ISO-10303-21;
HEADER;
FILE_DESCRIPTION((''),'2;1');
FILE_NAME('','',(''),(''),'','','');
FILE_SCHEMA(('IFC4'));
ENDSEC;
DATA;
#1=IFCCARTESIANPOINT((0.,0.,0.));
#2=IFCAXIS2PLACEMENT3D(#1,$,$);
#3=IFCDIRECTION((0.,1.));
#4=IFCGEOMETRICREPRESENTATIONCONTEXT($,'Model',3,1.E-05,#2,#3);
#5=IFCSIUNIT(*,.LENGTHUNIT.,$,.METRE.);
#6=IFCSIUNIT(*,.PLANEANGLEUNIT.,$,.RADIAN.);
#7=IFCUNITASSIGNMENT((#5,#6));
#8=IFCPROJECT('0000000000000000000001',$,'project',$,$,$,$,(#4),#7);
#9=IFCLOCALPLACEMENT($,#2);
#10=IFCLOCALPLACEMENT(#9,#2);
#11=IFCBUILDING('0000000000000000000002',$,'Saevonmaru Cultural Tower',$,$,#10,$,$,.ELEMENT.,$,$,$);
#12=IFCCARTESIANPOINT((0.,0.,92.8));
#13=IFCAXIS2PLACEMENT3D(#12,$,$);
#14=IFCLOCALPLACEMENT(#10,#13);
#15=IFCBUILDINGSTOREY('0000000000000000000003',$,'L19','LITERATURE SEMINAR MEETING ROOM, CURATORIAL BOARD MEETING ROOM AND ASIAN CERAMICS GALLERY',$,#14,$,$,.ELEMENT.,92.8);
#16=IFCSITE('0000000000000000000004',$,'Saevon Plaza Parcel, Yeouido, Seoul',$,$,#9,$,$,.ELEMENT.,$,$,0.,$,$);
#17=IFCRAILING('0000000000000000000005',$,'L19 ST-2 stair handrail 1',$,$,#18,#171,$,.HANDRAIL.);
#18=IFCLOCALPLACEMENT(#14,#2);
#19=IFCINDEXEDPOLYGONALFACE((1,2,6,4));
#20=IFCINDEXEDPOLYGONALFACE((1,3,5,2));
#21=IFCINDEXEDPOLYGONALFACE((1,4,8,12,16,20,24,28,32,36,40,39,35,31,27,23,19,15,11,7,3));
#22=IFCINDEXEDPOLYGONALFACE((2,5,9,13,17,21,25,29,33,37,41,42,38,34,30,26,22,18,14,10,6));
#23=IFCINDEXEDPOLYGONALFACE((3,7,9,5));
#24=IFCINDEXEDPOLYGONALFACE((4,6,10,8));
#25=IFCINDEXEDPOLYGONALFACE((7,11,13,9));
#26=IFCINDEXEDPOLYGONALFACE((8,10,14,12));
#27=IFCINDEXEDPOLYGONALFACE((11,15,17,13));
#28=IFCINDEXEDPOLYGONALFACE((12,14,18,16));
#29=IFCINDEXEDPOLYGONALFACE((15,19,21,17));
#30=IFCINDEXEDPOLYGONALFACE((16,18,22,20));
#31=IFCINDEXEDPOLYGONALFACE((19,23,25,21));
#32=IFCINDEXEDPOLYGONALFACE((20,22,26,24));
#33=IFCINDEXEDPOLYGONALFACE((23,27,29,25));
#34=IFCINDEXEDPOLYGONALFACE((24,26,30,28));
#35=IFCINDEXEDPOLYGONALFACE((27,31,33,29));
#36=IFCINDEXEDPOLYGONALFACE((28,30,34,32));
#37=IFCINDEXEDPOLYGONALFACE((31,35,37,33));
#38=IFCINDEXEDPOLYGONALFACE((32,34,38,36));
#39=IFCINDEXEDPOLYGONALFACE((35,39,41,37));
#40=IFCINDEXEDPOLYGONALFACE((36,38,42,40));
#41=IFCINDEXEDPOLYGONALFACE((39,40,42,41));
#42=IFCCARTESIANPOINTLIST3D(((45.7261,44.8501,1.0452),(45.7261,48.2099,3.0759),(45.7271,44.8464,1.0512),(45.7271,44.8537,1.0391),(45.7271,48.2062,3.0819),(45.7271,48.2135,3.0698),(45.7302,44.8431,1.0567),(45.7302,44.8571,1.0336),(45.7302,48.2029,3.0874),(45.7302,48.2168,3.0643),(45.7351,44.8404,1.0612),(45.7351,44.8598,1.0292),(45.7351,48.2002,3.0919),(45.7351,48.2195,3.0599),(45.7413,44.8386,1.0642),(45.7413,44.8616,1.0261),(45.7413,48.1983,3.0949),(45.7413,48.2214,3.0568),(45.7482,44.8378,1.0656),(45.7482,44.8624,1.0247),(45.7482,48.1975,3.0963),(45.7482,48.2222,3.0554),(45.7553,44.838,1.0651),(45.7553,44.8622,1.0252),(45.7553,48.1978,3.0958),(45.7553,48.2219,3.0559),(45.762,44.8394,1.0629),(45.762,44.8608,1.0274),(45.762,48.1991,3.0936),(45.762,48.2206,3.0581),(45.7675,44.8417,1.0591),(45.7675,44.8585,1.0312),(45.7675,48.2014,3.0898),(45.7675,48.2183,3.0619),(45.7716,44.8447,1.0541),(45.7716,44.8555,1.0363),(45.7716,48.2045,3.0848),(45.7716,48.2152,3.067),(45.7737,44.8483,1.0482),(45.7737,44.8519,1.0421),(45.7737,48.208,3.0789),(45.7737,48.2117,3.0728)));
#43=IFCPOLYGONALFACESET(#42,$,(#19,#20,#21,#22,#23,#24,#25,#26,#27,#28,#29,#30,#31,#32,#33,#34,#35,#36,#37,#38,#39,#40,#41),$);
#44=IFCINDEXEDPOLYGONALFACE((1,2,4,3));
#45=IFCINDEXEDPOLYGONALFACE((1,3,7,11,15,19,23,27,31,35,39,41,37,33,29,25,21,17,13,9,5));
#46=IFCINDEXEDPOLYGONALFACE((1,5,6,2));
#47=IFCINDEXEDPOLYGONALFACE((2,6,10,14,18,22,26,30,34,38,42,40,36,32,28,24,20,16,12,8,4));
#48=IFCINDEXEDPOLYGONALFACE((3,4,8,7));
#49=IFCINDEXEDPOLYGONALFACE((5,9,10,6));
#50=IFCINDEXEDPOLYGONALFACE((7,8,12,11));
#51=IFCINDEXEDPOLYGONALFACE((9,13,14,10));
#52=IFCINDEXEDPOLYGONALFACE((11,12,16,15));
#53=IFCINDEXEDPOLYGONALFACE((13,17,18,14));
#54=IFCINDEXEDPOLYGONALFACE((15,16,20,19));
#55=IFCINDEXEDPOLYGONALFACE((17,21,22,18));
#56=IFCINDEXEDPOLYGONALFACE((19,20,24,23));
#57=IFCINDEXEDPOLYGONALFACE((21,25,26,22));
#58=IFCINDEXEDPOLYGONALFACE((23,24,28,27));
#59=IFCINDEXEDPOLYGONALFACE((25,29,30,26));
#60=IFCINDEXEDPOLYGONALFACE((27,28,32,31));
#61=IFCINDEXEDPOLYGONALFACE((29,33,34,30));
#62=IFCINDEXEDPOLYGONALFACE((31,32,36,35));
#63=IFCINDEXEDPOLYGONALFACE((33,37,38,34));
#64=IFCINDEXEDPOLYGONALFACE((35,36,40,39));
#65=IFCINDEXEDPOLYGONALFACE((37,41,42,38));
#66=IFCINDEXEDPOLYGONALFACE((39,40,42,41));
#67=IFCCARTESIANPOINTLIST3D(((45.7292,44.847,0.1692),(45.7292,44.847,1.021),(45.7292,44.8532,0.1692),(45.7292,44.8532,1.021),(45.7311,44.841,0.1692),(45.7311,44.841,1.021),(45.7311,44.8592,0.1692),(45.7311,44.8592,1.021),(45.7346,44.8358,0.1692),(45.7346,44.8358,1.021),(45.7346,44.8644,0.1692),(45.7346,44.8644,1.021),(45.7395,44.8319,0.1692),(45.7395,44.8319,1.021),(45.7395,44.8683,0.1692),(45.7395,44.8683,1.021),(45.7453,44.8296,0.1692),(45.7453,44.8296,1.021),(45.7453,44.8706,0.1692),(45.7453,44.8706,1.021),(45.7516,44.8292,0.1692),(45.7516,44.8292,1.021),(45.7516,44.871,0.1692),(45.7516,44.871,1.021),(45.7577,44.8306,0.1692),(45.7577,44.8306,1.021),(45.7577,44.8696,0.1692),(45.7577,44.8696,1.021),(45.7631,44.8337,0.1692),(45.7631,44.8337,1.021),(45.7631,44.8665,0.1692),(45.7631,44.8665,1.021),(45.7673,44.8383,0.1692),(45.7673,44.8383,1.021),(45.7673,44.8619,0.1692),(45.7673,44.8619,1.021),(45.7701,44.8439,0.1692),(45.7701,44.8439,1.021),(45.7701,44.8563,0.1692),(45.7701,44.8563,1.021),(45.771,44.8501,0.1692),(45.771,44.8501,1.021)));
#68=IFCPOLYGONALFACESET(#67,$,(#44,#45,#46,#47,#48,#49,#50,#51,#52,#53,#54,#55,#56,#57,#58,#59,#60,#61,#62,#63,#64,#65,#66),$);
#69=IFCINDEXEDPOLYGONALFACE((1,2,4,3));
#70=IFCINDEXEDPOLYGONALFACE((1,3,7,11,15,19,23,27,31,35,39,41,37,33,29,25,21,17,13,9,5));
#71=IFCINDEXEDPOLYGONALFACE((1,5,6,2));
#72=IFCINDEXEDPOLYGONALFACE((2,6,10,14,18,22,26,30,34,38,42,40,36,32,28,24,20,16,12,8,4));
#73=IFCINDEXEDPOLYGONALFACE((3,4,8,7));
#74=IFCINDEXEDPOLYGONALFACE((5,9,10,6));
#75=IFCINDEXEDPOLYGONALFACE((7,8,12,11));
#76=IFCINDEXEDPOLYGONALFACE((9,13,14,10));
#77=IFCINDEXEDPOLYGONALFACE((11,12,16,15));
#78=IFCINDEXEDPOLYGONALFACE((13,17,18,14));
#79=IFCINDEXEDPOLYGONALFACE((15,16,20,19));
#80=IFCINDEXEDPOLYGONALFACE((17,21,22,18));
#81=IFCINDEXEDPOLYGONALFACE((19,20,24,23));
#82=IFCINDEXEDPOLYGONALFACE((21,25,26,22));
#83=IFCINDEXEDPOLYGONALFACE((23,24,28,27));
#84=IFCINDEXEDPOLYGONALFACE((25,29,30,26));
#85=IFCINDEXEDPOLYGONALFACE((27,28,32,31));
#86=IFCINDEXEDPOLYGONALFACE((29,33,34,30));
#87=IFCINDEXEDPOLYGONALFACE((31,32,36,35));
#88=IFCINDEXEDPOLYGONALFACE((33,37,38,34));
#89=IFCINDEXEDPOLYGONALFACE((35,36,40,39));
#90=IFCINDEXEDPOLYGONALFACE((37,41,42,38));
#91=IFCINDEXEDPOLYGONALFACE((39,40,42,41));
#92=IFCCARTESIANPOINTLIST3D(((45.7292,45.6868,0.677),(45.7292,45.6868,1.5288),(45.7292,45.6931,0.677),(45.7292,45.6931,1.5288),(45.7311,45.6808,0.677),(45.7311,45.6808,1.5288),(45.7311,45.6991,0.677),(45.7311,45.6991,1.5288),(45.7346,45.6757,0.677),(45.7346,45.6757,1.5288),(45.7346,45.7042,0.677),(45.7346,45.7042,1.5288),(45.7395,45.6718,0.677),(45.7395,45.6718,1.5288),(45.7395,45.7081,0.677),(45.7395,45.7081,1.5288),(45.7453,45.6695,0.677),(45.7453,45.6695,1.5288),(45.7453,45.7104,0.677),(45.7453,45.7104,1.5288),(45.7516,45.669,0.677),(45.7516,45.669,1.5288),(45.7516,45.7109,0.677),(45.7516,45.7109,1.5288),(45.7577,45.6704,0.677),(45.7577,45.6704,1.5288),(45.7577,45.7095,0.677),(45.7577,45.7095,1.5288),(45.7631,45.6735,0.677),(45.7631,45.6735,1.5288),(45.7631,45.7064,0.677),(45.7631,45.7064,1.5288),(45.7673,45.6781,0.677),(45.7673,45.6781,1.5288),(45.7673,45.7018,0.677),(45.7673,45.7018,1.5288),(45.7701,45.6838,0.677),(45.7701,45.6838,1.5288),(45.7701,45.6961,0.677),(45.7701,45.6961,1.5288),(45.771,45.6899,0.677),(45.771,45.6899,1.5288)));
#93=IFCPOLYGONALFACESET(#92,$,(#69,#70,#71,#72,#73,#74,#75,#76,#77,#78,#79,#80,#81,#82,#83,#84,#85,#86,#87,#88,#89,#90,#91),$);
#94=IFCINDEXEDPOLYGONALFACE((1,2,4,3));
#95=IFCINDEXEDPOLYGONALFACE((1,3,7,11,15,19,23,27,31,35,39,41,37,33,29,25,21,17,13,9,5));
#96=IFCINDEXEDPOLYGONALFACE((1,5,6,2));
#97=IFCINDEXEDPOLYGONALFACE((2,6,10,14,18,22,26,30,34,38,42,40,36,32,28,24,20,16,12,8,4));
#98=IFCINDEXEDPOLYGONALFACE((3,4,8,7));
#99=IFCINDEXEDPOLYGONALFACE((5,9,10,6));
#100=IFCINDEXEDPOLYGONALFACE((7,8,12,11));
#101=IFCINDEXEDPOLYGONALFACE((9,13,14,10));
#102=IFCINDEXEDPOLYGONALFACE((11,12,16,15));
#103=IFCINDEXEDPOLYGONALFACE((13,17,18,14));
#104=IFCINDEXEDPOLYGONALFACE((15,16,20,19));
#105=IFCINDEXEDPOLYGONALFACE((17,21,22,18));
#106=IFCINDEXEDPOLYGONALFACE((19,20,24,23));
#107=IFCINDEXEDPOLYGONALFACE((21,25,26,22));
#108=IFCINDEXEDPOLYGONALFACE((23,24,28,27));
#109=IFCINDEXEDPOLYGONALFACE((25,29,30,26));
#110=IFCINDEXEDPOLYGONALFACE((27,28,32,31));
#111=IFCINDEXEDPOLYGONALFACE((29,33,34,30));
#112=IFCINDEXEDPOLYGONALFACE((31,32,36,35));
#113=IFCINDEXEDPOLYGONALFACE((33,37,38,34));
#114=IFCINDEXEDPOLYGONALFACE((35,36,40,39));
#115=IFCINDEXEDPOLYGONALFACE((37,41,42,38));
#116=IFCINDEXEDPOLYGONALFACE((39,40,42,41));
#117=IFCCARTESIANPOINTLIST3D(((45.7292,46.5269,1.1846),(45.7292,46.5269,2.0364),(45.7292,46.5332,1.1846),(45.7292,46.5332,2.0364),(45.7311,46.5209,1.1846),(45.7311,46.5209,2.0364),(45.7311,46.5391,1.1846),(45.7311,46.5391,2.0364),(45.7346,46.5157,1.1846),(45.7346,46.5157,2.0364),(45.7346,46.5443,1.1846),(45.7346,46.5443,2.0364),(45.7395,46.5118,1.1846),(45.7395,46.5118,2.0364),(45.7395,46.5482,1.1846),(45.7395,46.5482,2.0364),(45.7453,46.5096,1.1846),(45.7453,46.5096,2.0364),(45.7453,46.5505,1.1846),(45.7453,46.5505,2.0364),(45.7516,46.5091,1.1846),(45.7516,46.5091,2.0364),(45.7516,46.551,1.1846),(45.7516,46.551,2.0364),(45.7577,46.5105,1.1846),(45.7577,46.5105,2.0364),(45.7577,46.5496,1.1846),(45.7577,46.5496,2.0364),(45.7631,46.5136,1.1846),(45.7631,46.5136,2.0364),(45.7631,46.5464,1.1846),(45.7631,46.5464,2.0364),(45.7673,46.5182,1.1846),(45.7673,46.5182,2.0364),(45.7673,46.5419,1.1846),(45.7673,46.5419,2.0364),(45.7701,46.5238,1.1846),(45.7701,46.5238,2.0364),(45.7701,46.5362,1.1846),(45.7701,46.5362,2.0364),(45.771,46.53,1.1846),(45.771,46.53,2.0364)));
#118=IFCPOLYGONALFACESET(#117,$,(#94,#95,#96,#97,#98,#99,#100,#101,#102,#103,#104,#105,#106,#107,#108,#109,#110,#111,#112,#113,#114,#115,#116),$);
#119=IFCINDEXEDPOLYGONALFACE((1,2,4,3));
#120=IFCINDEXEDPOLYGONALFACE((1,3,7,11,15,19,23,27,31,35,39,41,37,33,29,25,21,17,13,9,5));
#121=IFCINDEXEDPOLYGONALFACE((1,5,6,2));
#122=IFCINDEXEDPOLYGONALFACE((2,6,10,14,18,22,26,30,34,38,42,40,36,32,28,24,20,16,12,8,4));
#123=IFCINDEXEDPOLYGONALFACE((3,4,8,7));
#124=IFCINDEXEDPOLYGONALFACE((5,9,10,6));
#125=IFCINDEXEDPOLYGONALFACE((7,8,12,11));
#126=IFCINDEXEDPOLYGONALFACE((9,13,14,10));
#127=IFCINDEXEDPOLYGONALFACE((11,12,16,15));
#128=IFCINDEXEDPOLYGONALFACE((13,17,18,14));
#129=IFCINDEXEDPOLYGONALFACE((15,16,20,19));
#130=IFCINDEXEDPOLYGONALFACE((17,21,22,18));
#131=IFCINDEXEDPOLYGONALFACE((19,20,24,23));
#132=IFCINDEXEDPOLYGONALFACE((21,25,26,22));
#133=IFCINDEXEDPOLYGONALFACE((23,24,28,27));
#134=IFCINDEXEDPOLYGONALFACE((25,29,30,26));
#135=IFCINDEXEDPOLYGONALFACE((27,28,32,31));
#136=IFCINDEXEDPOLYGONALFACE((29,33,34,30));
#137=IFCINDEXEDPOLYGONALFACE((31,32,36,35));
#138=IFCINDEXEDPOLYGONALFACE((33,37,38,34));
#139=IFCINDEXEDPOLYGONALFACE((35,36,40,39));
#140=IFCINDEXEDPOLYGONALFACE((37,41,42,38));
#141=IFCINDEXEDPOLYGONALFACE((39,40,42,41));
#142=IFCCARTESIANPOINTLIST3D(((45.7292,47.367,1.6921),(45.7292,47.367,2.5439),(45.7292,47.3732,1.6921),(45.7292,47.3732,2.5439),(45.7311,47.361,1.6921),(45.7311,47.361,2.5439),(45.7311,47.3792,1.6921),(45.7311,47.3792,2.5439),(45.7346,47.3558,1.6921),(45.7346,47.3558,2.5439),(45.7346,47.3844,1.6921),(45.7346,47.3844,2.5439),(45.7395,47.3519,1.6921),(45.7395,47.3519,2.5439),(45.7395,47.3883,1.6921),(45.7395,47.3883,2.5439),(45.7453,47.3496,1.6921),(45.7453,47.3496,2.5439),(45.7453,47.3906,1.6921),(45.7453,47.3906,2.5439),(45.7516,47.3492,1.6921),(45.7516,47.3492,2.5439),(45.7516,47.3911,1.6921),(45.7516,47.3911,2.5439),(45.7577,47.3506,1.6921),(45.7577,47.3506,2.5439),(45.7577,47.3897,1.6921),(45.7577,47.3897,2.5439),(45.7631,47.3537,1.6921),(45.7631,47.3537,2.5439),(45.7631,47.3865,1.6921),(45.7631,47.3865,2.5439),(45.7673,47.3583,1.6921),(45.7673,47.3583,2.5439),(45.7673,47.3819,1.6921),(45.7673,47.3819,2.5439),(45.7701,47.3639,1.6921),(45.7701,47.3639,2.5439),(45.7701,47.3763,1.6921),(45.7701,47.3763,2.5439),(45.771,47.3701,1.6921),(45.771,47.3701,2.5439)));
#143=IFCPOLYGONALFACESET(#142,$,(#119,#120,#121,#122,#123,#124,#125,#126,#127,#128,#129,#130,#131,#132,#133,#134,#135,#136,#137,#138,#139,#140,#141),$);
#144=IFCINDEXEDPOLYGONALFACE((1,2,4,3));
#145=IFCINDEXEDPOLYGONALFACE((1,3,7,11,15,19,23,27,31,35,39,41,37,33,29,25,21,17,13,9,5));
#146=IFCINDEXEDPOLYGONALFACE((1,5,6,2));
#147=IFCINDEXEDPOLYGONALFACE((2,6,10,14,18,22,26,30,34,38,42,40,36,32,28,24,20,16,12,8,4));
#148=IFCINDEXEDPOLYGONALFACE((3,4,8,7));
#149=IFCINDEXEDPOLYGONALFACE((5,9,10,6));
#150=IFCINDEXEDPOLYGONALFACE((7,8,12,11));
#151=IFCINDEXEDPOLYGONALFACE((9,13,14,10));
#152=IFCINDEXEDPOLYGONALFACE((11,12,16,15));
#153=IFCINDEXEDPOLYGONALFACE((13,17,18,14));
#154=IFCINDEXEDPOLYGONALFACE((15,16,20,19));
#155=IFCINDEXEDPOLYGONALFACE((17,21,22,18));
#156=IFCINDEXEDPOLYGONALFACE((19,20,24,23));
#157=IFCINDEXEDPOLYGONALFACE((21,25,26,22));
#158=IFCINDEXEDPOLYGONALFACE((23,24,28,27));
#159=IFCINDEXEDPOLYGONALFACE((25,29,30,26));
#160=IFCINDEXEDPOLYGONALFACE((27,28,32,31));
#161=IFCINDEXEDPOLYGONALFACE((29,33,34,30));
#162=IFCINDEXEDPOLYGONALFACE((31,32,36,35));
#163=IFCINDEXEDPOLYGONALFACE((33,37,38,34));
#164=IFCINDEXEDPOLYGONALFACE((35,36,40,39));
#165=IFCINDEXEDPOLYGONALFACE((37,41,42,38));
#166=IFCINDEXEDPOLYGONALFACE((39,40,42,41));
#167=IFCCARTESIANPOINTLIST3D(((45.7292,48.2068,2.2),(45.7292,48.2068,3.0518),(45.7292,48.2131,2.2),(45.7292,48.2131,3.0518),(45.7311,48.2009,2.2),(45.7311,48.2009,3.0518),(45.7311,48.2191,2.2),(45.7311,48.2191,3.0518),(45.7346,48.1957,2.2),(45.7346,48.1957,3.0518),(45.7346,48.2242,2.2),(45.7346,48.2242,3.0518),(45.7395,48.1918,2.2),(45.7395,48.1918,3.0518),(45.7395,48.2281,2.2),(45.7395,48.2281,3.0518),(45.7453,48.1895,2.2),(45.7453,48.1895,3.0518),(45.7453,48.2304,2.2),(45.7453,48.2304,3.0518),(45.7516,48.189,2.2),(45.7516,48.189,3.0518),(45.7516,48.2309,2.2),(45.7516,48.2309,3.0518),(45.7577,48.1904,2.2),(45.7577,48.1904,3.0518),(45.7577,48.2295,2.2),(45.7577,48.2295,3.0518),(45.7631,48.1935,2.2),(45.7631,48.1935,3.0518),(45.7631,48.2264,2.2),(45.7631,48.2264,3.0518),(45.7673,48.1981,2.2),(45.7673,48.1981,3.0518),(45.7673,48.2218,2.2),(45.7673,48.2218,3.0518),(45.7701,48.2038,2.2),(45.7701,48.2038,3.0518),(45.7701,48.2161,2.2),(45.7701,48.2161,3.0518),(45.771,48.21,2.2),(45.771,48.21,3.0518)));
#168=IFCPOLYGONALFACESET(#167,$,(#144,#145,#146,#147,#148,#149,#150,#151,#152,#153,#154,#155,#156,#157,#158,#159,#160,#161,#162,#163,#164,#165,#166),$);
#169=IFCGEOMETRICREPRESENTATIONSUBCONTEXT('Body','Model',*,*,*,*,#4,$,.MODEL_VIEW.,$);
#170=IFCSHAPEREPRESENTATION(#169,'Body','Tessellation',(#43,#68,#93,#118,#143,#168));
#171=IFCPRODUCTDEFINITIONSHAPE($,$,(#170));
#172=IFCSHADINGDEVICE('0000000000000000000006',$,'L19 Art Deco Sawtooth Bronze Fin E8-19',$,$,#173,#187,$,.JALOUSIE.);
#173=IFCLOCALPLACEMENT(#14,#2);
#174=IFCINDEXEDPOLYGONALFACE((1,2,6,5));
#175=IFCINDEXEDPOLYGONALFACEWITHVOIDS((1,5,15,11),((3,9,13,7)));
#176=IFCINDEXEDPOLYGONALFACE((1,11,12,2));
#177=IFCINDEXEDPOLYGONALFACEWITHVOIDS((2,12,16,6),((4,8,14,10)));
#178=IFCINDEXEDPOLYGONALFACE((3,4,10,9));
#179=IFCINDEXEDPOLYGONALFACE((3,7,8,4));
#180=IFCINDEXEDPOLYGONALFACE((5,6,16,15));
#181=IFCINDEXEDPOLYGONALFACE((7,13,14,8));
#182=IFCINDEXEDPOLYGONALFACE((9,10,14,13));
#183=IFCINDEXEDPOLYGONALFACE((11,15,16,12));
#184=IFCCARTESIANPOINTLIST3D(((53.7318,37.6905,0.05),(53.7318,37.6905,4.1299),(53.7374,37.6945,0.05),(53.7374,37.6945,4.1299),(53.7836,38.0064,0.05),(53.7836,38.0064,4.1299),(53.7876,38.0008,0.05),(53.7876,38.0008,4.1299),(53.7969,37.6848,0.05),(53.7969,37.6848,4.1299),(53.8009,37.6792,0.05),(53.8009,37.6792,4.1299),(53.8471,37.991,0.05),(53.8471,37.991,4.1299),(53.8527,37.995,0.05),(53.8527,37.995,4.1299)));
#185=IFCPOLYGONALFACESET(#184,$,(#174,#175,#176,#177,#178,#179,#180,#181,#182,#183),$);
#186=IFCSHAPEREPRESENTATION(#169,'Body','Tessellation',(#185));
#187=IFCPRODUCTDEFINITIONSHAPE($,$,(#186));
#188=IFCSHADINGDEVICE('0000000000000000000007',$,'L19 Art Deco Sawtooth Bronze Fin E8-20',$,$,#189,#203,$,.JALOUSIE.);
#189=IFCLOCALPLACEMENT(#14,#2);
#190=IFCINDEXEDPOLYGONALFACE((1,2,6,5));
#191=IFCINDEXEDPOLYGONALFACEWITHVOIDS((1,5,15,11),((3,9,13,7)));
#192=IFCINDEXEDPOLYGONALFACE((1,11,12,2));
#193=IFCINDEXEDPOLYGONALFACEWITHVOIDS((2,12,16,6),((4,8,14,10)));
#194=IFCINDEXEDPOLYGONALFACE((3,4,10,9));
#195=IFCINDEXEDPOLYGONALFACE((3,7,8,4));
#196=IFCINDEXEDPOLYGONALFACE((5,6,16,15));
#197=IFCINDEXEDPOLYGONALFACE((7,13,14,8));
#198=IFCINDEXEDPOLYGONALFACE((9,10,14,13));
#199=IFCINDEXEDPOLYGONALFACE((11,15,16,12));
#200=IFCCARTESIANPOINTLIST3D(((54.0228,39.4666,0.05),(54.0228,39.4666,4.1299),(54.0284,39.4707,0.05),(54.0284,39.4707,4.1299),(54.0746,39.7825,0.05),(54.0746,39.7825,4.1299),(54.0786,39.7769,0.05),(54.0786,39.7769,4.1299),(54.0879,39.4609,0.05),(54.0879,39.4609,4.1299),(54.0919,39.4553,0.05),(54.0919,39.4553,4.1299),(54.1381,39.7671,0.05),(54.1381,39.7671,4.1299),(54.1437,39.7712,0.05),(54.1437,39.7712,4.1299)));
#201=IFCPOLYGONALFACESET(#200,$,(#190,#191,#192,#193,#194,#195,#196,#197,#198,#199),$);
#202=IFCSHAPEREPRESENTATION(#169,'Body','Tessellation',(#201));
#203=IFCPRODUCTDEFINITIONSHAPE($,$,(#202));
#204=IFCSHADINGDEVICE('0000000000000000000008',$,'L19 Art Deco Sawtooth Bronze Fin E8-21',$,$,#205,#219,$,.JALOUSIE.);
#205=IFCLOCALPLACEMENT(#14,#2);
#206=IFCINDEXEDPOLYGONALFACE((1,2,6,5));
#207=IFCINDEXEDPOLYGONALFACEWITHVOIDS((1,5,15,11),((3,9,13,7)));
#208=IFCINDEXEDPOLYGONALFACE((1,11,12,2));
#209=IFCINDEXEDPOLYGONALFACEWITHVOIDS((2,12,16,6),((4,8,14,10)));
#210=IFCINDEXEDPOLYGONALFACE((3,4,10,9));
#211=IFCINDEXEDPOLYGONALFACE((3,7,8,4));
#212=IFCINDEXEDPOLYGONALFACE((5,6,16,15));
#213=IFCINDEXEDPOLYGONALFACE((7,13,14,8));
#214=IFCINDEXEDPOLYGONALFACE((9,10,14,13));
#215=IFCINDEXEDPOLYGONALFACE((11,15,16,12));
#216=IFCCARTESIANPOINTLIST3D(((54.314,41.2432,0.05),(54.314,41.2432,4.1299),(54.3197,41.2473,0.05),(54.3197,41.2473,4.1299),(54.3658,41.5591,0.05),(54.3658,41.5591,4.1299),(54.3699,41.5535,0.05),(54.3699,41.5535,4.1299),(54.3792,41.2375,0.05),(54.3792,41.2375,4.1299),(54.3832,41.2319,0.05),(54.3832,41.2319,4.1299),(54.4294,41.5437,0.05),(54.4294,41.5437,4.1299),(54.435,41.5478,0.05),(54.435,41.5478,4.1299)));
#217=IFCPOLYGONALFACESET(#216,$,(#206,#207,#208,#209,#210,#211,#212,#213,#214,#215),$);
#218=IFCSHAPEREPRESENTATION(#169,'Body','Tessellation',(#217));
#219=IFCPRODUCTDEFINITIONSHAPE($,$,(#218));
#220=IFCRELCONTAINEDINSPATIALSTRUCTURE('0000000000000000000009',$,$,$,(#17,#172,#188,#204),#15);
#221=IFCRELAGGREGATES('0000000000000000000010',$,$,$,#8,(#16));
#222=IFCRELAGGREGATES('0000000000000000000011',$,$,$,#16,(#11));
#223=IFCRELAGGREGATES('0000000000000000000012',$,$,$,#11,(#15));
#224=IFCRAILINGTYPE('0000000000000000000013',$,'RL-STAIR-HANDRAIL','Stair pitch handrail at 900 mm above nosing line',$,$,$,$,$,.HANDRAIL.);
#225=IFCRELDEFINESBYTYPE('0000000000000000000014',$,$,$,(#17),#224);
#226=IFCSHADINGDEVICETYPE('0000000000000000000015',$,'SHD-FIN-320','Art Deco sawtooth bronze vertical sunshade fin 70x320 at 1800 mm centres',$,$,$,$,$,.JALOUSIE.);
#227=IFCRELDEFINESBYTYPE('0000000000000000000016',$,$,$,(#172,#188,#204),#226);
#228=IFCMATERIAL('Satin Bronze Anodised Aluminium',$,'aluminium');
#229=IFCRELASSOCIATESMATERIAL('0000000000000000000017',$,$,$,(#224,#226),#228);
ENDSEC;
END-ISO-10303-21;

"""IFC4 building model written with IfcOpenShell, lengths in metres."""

from ifc_helpers import new_model, si_unit, direction, frame, origin, origin_2d, place, context, subcontext, project, spatial, hollow_rectangle, circle, extrude, material, material_profile, profile_set, type_object, element, save


model = new_model("IFC4")

# Units and contexts
model_context = context("Model", 3, precision=1e-05, world=origin(), true_north=direction((0.0, 1.0)))
body_context = subcontext(model_context, "Body", "Model", "MODEL_VIEW")
ifc_project = project(units=[si_unit("LENGTHUNIT", "METRE"), si_unit("PLANEANGLEUNIT", "RADIAN")], contexts=[model_context])

# Site, building, storey
site_placement = place(None, origin())
site = spatial("IfcSite", under=ifc_project, at=site_placement, Name="Saevon Plaza Parcel, Yeouido, Seoul", CompositionType="ELEMENT", RefElevation=0.0)
building_placement = place(site_placement, origin())
building = spatial("IfcBuilding", under=site, at=building_placement, Name="Saevonmaru Cultural Tower", CompositionType="ELEMENT")
storey_placement = place(building_placement, frame((0.0, 0.0, 92.8)))
storey = spatial("IfcBuildingStorey", under=building, at=storey_placement, Name="L19", Description="LITERATURE SEMINAR MEETING ROOM, CURATORIAL BOARD MEETING ROOM AND ASIAN CERAMICS GALLERY", CompositionType="ELEMENT", Elevation=92.8)

# Shared definitions
ifc_material_1 = material(Name="Satin Bronze Anodised Aluminium", Category="aluminium")

# Railing
railing_type = type_object("IfcRailingType", Name="RL-STAIR-HANDRAIL", Description="Stair pitch handrail at 900 mm above nosing line", PredefinedType="HANDRAIL", material=ifc_material_1)
railing_placement = place(storey_placement, frame((45.75, 44.8501, 0.1692)))
element("IfcRailing", 1, at=railing_placement, inside=storey, type_object=railing_type, Name="L19 ST-2 stair handrail 1", PredefinedType="HANDRAIL", context=body_context, shape_type="SweptSolid", body=[
    extrude(circle(Radius=0.0239, at=origin_2d()), frame((0.0, 0.0, 0.876), z_axis=(0.0, 0.85582, 0.517273), x_axis=(-1.0, 0.0, 0.0)), (0.0, 0.0, 1.0), 3.9258),
    extrude(circle(Radius=0.021, at=origin_2d()), origin(), (0.0, 0.0, 1.0), 0.8518),
    extrude(circle(Radius=0.021, at=origin_2d()), frame((0.0, 0.8398, 0.5078)), (0.0, 0.0, 1.0), 0.8518),
    extrude(circle(Radius=0.021, at=origin_2d()), frame((0.0, 1.6799, 1.0154)), (0.0, 0.0, 1.0), 0.8518),
    extrude(circle(Radius=0.021, at=origin_2d()), frame((0.0, 2.52, 1.5229)), (0.0, 0.0, 1.0), 0.8518),
    extrude(circle(Radius=0.021, at=origin_2d()), frame((0.0, 3.3599, 2.0308)), (0.0, 0.0, 1.0), 0.8518),
])

# Shading devices
ifc_material_profile_1 = material_profile(ifc_material_1, hollow_rectangle(XDim=0.0701, YDim=0.3201, WallThickness=0.0049, at=origin_2d()), Name="FIN-320x70")
ifc_profile_set_1 = profile_set([ifc_material_profile_1], Name="Satin Bronze Anodised Aluminium")
shading_device_type = type_object("IfcShadingDeviceType", Name="SHD-FIN-320", Description="Art Deco sawtooth bronze vertical sunshade fin 70x320 at 1800 mm centres", PredefinedType="JALOUSIE", material=ifc_profile_set_1)
for number, where, z_axis, x_axis, name in (
    (2, (53.7922, 37.8428, 0.05), (0.0, 0.0, 1.0), (0.986827, -0.161776, 0.0), "L19 Art Deco Sawtooth Bronze Fin E8-19"),
    (3, (54.0833, 39.6189, 0.05), (0.0, 0.0, 1.0), (0.986827, -0.161776, 0.0), "L19 Art Deco Sawtooth Bronze Fin E8-20"),
    (4, (54.3745, 41.3955, 0.05), (0.0, 0.0, 1.0), (0.986827, -0.161776, 0.0), "L19 Art Deco Sawtooth Bronze Fin E8-21"),
):
    element("IfcShadingDevice", number, at=place(storey_placement, frame(where, z_axis=z_axis, x_axis=x_axis)), inside=storey, type_object=shading_device_type, Name=name, PredefinedType="JALOUSIE", context=body_context, shape_type="SweptSolid", body=[
        extrude(hollow_rectangle(XDim=0.0701, YDim=0.3201, WallThickness=0.0049, at=origin_2d()), origin(), (0.0, 0.0, 1.0), 4.0798),
    ])

save(model, "model.ifc")
